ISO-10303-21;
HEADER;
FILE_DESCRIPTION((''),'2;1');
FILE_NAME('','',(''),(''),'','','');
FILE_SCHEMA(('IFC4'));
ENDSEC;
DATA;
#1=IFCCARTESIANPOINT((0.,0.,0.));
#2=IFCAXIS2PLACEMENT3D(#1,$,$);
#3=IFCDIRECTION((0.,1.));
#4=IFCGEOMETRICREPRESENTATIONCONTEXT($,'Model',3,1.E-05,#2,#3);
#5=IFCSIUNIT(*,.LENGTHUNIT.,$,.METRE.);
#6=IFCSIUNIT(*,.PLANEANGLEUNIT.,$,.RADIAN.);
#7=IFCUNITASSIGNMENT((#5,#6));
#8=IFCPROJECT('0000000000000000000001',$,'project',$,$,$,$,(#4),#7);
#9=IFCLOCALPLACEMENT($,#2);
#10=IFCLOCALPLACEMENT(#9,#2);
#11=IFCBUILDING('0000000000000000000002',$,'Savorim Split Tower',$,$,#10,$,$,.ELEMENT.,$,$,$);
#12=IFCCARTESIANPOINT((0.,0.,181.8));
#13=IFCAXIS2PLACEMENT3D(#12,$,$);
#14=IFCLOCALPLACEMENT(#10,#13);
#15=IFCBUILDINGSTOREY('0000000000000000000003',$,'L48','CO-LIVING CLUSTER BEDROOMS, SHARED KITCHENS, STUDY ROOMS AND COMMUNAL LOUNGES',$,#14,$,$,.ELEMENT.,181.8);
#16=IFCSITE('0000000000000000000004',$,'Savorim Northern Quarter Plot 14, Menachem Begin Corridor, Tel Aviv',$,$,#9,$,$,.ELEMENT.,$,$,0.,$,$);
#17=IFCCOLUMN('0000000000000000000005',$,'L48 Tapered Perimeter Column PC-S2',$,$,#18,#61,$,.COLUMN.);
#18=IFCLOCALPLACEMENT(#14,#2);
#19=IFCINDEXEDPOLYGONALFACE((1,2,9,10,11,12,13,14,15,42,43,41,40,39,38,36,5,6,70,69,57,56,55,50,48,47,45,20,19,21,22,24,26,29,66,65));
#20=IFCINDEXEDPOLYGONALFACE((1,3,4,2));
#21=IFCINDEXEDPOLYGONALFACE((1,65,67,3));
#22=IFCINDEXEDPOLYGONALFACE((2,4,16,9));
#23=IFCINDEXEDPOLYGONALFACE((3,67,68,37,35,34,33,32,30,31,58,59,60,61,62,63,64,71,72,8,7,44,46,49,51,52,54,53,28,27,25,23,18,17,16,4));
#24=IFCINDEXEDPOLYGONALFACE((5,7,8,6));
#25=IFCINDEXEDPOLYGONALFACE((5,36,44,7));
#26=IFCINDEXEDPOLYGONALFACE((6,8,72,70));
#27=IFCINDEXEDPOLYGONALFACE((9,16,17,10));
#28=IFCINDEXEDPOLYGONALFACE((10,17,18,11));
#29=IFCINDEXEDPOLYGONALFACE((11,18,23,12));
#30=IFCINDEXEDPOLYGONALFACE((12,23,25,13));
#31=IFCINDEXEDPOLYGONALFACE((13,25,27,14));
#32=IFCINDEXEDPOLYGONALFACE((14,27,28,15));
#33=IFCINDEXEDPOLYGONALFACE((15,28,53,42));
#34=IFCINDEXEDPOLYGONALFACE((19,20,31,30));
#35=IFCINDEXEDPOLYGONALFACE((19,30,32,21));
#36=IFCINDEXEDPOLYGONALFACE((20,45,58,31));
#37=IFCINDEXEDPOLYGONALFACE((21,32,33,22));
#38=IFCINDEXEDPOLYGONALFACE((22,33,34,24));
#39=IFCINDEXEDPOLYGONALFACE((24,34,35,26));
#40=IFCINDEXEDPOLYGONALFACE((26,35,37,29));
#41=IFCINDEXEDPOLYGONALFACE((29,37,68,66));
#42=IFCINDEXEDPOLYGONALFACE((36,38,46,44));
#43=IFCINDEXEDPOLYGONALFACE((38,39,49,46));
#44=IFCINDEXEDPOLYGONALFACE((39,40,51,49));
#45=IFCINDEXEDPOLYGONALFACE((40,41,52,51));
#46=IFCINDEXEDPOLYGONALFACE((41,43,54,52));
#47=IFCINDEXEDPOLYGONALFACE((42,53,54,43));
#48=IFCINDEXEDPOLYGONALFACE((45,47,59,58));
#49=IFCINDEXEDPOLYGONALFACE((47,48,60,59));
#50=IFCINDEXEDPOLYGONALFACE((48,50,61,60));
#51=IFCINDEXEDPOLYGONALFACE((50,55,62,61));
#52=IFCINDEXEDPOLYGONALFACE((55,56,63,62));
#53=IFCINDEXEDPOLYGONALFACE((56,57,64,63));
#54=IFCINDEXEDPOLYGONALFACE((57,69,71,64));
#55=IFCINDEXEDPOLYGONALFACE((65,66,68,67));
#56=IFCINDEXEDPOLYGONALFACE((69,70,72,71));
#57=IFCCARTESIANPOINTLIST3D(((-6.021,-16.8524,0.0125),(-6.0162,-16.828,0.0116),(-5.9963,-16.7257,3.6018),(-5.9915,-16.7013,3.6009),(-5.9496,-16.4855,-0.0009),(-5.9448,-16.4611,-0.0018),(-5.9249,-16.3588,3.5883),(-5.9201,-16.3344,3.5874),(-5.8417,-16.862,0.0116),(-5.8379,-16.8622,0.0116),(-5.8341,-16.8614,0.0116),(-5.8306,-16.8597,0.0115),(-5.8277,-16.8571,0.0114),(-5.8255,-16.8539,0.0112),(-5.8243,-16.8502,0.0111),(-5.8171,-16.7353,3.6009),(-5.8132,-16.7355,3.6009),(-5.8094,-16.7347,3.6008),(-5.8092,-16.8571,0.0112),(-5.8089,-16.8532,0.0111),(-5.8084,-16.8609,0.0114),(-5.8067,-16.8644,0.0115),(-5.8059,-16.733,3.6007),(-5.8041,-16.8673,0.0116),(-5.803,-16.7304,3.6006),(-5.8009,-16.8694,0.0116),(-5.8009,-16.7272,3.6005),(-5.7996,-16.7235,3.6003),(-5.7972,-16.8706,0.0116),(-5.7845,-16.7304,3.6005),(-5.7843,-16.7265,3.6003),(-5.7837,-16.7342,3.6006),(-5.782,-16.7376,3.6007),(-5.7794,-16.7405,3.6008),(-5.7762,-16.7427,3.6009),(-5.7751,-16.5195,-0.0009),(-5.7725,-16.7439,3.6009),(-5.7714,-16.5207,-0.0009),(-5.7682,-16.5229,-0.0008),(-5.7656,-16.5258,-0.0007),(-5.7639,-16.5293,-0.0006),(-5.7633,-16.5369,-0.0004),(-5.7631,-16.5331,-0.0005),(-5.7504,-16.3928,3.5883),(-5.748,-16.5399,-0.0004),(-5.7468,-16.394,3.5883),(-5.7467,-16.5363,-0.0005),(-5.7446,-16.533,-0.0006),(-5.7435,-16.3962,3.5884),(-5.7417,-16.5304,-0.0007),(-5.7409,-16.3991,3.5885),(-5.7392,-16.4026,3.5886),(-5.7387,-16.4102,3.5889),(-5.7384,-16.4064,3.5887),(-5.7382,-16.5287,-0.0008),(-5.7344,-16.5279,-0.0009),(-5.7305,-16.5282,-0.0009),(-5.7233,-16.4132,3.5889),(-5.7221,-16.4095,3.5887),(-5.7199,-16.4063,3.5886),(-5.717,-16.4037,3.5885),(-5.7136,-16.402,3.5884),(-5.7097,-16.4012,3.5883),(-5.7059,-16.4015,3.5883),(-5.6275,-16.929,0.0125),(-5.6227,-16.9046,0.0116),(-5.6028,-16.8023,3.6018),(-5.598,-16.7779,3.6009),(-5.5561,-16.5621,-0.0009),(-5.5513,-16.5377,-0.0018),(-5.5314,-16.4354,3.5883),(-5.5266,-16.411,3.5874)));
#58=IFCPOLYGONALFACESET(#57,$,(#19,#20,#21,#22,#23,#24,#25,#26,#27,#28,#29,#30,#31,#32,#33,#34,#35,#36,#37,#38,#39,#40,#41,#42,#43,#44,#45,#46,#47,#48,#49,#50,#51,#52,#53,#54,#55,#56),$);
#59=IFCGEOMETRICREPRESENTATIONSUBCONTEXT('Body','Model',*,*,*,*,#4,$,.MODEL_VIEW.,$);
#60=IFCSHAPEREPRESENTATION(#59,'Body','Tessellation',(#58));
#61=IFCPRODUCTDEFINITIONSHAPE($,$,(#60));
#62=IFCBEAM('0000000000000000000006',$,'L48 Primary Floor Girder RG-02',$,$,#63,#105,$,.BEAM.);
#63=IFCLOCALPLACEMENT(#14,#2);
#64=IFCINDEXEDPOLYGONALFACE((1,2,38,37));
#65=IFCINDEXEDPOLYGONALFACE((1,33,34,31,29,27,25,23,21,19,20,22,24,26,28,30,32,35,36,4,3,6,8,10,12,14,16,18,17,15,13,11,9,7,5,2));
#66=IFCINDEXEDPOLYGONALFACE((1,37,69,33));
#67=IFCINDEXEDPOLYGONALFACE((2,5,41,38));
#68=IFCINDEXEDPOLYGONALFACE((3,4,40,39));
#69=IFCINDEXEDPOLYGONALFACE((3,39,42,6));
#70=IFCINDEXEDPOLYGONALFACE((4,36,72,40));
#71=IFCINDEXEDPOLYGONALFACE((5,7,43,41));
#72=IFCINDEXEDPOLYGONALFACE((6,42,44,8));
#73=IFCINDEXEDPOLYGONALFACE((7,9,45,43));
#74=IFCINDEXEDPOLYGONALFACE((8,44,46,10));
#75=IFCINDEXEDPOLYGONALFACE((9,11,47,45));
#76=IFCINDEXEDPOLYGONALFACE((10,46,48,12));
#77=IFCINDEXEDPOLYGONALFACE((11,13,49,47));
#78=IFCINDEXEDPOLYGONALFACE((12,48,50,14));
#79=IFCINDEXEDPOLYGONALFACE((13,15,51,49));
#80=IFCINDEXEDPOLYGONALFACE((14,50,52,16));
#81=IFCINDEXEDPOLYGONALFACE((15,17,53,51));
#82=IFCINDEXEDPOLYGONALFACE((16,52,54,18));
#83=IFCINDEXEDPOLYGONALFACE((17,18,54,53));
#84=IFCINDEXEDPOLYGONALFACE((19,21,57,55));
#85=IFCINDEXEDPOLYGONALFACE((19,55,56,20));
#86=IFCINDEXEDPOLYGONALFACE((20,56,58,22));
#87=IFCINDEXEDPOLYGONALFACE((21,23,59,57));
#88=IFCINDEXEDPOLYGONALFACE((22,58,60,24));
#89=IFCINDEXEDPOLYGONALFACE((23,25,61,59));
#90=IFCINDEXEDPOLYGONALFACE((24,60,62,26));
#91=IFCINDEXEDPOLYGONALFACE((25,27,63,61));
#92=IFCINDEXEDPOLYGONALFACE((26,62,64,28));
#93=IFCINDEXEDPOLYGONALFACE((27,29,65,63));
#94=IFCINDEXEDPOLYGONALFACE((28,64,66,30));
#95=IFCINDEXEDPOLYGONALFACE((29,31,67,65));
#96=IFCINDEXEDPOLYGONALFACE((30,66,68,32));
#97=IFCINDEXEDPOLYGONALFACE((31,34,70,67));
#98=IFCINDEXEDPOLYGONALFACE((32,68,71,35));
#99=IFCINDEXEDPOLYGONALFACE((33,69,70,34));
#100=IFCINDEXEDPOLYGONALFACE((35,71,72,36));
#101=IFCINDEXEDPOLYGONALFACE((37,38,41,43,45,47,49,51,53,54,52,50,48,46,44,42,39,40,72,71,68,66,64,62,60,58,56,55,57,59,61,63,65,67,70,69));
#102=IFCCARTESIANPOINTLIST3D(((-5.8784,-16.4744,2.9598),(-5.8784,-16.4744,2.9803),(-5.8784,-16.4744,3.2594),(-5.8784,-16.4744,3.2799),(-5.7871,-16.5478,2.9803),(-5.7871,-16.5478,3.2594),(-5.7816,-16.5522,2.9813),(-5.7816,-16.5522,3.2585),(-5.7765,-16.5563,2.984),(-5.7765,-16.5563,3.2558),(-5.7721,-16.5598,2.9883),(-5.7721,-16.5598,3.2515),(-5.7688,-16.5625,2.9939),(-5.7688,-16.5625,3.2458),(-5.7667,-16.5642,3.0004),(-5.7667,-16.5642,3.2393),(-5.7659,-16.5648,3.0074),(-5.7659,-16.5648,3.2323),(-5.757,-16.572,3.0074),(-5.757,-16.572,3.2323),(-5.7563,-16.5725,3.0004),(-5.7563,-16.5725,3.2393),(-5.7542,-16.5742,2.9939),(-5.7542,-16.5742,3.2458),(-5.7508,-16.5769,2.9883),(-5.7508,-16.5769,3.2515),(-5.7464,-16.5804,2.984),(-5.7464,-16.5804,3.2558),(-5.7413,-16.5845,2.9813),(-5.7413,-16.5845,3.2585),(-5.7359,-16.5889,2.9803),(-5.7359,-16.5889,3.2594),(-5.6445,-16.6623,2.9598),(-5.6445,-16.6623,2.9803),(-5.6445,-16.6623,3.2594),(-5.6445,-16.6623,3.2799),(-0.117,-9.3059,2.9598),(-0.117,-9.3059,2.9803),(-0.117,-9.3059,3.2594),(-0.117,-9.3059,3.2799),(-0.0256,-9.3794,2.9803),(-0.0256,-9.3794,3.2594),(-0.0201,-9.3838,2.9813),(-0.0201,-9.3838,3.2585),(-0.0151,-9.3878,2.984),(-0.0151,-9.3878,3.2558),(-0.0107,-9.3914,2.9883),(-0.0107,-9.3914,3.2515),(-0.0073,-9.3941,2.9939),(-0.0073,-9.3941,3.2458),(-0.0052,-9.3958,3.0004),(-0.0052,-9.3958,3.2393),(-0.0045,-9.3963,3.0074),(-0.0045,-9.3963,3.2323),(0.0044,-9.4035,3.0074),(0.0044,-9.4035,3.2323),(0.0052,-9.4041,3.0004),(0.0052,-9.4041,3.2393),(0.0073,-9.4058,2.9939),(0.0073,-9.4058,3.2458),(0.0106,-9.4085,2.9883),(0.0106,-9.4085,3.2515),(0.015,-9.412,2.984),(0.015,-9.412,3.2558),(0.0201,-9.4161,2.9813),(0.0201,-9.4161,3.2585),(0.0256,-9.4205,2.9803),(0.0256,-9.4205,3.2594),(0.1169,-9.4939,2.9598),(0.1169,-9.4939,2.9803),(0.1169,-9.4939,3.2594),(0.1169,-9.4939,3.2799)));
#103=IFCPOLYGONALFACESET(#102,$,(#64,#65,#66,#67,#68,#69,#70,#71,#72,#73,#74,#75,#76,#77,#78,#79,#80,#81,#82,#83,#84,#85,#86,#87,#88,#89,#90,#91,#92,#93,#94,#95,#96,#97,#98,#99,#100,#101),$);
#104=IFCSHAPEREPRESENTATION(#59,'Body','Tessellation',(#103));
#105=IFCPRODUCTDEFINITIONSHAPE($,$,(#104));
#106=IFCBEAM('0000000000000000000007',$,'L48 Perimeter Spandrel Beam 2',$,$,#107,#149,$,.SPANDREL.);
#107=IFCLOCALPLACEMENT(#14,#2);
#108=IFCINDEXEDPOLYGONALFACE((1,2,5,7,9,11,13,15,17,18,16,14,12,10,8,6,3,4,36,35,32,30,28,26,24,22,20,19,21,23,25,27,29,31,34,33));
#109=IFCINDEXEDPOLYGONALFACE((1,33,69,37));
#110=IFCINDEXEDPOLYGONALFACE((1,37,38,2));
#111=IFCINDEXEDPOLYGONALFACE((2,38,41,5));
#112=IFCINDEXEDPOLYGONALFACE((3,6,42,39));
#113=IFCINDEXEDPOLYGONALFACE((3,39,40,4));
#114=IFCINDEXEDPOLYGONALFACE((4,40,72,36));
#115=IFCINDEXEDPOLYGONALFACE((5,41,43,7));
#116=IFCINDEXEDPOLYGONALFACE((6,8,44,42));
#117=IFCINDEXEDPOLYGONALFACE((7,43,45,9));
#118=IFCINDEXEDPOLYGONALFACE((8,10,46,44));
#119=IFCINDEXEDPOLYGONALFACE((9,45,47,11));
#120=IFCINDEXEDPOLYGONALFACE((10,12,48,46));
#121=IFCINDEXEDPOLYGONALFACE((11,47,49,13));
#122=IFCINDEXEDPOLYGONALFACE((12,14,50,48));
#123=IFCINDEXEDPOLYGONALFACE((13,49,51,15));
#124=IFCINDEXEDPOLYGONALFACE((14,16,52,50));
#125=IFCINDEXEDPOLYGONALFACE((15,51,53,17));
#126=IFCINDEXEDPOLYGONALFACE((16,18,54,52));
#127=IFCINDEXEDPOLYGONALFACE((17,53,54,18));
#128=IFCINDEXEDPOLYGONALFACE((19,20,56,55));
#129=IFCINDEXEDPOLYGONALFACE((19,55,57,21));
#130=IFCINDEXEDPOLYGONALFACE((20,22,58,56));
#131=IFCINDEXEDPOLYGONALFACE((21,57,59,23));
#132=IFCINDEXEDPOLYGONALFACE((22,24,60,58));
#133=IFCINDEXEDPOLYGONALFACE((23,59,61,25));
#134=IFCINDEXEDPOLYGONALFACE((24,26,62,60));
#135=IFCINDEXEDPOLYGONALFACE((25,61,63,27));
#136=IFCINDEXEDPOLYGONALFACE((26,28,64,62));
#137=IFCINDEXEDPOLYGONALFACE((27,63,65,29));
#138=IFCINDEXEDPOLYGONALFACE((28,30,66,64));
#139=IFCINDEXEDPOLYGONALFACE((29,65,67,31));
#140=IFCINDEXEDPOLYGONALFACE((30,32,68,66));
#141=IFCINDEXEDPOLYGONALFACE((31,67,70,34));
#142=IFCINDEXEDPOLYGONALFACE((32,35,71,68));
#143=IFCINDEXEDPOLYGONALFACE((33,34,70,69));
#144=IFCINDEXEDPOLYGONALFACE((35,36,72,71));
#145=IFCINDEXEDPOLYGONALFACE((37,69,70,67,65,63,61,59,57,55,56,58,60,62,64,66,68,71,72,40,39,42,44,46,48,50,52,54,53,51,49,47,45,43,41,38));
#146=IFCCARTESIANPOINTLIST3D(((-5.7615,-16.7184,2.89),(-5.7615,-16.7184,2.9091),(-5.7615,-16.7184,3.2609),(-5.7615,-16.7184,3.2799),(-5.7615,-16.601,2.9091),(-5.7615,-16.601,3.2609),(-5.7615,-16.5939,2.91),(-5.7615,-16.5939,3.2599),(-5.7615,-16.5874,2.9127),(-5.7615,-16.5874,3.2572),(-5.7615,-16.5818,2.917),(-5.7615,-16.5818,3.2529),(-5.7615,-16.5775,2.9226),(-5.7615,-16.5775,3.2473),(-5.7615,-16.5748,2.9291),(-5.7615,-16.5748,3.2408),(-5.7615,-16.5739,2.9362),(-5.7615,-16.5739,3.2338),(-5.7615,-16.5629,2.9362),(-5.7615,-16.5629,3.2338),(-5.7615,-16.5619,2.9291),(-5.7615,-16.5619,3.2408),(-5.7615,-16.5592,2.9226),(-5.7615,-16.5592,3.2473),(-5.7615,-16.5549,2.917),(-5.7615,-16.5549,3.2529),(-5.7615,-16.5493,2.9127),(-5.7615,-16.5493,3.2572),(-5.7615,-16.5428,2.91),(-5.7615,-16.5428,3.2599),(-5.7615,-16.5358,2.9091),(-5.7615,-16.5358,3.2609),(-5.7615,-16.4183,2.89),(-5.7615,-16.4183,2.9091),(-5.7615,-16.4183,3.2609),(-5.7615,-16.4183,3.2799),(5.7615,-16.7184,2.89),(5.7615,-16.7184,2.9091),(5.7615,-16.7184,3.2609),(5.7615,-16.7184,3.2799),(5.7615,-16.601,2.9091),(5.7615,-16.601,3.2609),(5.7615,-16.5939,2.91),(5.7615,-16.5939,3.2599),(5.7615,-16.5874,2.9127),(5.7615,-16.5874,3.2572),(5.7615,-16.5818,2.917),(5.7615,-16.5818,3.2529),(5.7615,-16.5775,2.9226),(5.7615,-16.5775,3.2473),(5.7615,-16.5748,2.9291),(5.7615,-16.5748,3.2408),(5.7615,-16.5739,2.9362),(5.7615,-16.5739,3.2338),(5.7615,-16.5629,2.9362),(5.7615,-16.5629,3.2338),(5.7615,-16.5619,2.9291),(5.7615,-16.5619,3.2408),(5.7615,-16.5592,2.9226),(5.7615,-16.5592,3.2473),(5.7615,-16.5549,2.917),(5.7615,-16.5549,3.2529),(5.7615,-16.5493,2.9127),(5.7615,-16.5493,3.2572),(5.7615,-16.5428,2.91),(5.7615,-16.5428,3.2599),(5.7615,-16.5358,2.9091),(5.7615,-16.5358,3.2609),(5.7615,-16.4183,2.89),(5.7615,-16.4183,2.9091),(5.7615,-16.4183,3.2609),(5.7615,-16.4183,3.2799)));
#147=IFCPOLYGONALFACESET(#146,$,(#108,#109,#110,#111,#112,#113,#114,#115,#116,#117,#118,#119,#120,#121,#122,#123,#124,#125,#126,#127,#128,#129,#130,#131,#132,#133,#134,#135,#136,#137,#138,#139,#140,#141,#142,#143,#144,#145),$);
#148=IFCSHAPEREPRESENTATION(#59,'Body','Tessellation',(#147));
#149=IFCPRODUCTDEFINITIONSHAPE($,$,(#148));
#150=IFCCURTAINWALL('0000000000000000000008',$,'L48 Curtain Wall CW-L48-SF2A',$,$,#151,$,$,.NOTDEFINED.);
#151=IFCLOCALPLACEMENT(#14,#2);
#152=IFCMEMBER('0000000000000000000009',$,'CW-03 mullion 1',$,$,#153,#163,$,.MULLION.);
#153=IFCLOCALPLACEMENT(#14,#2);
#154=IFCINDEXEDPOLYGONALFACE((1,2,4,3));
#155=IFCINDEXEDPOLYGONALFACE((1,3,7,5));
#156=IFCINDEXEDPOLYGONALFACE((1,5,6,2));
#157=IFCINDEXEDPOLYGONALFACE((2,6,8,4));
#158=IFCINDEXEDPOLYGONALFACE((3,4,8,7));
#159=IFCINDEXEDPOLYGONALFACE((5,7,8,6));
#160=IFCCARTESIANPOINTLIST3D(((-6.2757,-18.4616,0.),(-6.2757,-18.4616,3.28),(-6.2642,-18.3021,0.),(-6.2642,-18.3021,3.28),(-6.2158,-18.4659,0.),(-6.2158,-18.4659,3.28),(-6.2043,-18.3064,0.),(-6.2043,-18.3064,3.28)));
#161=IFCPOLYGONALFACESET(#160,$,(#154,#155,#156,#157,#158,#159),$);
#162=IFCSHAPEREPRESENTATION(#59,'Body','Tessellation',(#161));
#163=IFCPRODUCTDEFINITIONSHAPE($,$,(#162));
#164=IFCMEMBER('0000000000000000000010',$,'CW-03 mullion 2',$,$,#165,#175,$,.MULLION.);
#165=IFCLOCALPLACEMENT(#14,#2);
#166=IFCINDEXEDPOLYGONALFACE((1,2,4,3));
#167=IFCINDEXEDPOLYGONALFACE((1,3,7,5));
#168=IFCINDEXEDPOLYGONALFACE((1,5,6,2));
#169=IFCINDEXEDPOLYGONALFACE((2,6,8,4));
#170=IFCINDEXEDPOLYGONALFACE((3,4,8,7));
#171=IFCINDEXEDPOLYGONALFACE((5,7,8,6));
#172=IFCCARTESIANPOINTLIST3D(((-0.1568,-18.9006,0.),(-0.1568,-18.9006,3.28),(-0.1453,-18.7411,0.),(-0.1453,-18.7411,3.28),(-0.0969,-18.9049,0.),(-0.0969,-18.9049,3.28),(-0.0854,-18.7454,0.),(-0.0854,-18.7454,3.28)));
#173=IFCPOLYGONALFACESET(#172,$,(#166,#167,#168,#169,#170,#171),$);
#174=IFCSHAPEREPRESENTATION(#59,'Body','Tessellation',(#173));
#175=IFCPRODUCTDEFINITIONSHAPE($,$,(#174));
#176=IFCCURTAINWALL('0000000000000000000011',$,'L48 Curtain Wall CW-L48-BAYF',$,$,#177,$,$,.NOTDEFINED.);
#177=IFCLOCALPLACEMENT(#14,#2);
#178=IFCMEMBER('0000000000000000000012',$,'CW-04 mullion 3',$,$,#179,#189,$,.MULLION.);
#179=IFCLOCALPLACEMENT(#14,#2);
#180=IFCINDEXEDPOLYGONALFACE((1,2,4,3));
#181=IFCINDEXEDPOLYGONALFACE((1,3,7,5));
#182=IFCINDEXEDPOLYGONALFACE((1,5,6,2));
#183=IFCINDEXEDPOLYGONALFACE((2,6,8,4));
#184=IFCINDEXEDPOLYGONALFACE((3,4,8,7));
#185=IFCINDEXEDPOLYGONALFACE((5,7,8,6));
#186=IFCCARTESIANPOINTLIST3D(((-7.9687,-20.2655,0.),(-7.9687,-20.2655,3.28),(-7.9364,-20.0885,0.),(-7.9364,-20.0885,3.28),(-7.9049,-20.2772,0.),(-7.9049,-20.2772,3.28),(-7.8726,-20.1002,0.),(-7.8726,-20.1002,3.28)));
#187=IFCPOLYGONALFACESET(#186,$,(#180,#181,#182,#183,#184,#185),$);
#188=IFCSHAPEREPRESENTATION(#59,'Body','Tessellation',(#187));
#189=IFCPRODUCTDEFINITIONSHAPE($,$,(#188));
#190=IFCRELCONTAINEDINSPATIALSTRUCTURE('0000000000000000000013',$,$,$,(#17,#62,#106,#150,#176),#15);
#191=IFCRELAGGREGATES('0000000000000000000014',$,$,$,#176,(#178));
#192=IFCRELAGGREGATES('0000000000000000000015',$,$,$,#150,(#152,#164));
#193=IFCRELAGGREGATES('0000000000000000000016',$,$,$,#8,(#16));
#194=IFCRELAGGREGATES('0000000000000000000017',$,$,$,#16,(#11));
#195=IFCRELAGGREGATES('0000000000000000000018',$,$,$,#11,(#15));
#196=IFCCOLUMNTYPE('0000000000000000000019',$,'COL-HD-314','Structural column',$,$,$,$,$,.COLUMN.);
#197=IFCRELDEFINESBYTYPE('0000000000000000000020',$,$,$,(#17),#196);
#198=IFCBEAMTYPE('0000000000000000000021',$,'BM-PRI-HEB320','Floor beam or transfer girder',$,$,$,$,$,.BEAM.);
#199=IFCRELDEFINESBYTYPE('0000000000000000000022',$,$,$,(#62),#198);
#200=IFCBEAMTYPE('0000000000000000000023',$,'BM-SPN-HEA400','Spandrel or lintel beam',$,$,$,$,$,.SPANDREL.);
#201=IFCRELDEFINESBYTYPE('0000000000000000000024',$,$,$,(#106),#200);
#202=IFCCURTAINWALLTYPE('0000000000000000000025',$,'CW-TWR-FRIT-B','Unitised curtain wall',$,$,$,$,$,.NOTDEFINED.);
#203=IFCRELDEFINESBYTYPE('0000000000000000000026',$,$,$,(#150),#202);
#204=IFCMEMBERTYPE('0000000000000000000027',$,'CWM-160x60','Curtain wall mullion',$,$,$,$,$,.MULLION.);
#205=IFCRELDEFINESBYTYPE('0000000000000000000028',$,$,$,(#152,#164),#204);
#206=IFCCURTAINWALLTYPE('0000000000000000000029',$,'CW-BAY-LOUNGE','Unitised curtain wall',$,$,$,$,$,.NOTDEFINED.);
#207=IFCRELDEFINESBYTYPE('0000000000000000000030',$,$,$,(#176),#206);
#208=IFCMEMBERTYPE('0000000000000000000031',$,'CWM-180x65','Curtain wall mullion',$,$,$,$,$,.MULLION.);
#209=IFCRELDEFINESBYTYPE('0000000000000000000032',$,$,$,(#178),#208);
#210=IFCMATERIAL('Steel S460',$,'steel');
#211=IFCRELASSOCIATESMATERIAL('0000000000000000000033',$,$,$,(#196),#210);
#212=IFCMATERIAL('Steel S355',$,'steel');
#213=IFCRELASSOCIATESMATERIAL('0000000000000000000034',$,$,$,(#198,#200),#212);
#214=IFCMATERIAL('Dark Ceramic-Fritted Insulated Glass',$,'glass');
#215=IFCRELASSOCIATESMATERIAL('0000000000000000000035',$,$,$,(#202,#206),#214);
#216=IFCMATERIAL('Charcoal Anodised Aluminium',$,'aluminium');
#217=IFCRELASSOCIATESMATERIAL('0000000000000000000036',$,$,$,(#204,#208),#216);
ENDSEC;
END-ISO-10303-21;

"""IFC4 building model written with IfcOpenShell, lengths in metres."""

from ifc_helpers import new_model, si_unit, direction, frame, origin, origin_2d, place, context, subcontext, project, spatial, rectangle, i_section, extrude, material, material_profile, profile_set, type_object, element, aggregate, save


model = new_model("IFC4")

# Units and contexts
model_context = context("Model", 3, precision=1e-05, world=origin(), true_north=direction((0.0, 1.0)))
body_context = subcontext(model_context, "Body", "Model", "MODEL_VIEW")
ifc_project = project(units=[si_unit("LENGTHUNIT", "METRE"), si_unit("PLANEANGLEUNIT", "RADIAN")], contexts=[model_context])

# Site, building, storey
site_placement = place(None, origin())
site = spatial("IfcSite", under=ifc_project, at=site_placement, Name="Savorim Northern Quarter Plot 14, Menachem Begin Corridor, Tel Aviv", CompositionType="ELEMENT", RefElevation=0.0)
building_placement = place(site_placement, origin())
building = spatial("IfcBuilding", under=site, at=building_placement, Name="Savorim Split Tower", CompositionType="ELEMENT")
storey_placement = place(building_placement, frame((0.0, 0.0, 181.8)))
storey = spatial("IfcBuildingStorey", under=building, at=storey_placement, Name="L48", Description="CO-LIVING CLUSTER BEDROOMS, SHARED KITCHENS, STUDY ROOMS AND COMMUNAL LOUNGES", CompositionType="ELEMENT", Elevation=181.8)

# Column
ifc_material_1 = material(Name="Steel S460", Category="steel")
ifc_material_profile_1 = material_profile(ifc_material_1, i_section(OverallWidth=0.4009, OverallDepth=0.3989, WebThickness=0.0156, FlangeThickness=0.0249, FilletRadius=0.0149, at=origin_2d()), Name="HD 400x314")
ifc_profile_set_1 = profile_set([ifc_material_profile_1], Name="Steel S460")
column_type = type_object("IfcColumnType", Name="COL-HD-314", Description="Structural column", PredefinedType="COLUMN", material=ifc_profile_set_1)
column_placement = place(storey_placement, frame((-5.7861, -16.6951, 0.0054), z_axis=(0.006866, 0.035281, 0.999354), x_axis=(-0.981586, 0.191022, 0.0)))
element("IfcColumn", 1, at=column_placement, inside=storey, type_object=column_type, Name="L48 Tapered Perimeter Column PC-S2", PredefinedType="COLUMN", context=body_context, shape_type="SweptSolid", body=[
    extrude(i_section(OverallWidth=0.4009, OverallDepth=0.3989, WebThickness=0.0156, FlangeThickness=0.0249, FilletRadius=0.0149, at=origin_2d()), origin(), (0.0, 0.0, 1.0), 3.5916),
])

# Beams
ifc_material_2 = material(Name="Steel S355", Category="steel")
ifc_material_profile_2 = material_profile(ifc_material_2, i_section(OverallWidth=0.3, OverallDepth=0.3201, WebThickness=0.0115, FlangeThickness=0.0205, FilletRadius=0.0271, at=origin_2d()), Name="HEB 320")
ifc_profile_set_2 = profile_set([ifc_material_profile_2], Name="Steel S355")
beam_type_1 = type_object("IfcBeamType", Name="BM-PRI-HEB320", Description="Floor beam or transfer girder", PredefinedType="BEAM", material=ifc_profile_set_2)
beam_1_placement = place(storey_placement, frame((-5.7615, -16.5684, 3.1199), z_axis=(0.626464, 0.77945, 0.0), x_axis=(-0.77945, 0.626464, 0.0)))
element("IfcBeam", 2, at=beam_1_placement, inside=storey, type_object=beam_type_1, Name="L48 Primary Floor Girder RG-02", PredefinedType="BEAM", context=body_context, shape_type="SweptSolid", body=[
    extrude(i_section(OverallWidth=0.3, OverallDepth=0.3201, WebThickness=0.0115, FlangeThickness=0.0205, FilletRadius=0.0271, at=origin_2d()), origin(), (0.0, 0.0, 1.0), 9.1968),
])
ifc_material_profile_3 = material_profile(ifc_material_2, i_section(OverallWidth=0.3, OverallDepth=0.3899, WebThickness=0.011, FlangeThickness=0.019, FilletRadius=0.0271, at=origin_2d()), Name="HEA 400")
ifc_profile_set_3 = profile_set([ifc_material_profile_3], Name="Steel S355")
beam_type_2 = type_object("IfcBeamType", Name="BM-SPN-HEA400", Description="Spandrel or lintel beam", PredefinedType="SPANDREL", material=ifc_profile_set_3)
beam_2_placement = place(storey_placement, frame((-5.7615, -16.5684, 3.085), z_axis=(1.0, 0.0, 0.0), x_axis=(0.0, 1.0, 0.0)))
element("IfcBeam", 3, at=beam_2_placement, inside=storey, type_object=beam_type_2, Name="L48 Perimeter Spandrel Beam 2", PredefinedType="SPANDREL", context=body_context, shape_type="SweptSolid", body=[
    extrude(i_section(OverallWidth=0.3, OverallDepth=0.3899, WebThickness=0.011, FlangeThickness=0.019, FilletRadius=0.0271, at=origin_2d()), origin(), (0.0, 0.0, 1.0), 11.5229),
])

# Curtain wall, members
ifc_material_3 = material(Name="Dark Ceramic-Fritted Insulated Glass", Category="glass")
curtain_wall_type_1 = type_object("IfcCurtainWallType", Name="CW-TWR-FRIT-B", Description="Unitised curtain wall", PredefinedType="NOTDEFINED", material=ifc_material_3)
curtain_wall_1_placement = place(storey_placement, origin())
curtain_wall_1 = element("IfcCurtainWall", 4, at=curtain_wall_1_placement, inside=storey, type_object=curtain_wall_type_1, Name="L48 Curtain Wall CW-L48-SF2A", PredefinedType="NOTDEFINED")
ifc_material_4 = material(Name="Charcoal Anodised Aluminium", Category="aluminium")
ifc_material_profile_4 = material_profile(ifc_material_4, rectangle(XDim=0.1599, YDim=0.0601, at=origin_2d()), Name="ALU-M 160x60")
ifc_profile_set_4 = profile_set([ifc_material_profile_4], Name="Charcoal Anodised Aluminium")
member_type_1 = type_object("IfcMemberType", Name="CWM-160x60", Description="Curtain wall mullion", PredefinedType="MULLION", material=ifc_profile_set_4)
member_1_placement = place(storey_placement, frame((-6.24, -18.384, 0.0), z_axis=(0.0, 0.0, 1.0), x_axis=(0.071561, 0.997436, 0.0)))
member_1 = element("IfcMember", 5, at=member_1_placement, type_object=member_type_1, Name="CW-03 mullion 1", PredefinedType="MULLION", context=body_context, shape_type="SweptSolid", body=[
    extrude(rectangle(XDim=0.1599, YDim=0.0601, at=origin_2d()), origin(), (0.0, 0.0, 1.0), 3.28),
])
member_2_placement = place(storey_placement, frame((-0.1211, -18.823, 0.0), z_axis=(0.0, 0.0, 1.0), x_axis=(0.071561, 0.997436, 0.0)))
member_2 = element("IfcMember", 6, at=member_2_placement, type_object=member_type_1, Name="CW-03 mullion 2", PredefinedType="MULLION", context=body_context, shape_type="SweptSolid", body=[
    extrude(rectangle(XDim=0.1599, YDim=0.0601, at=origin_2d()), origin(), (0.0, 0.0, 1.0), 3.28),
])

# Curtain wall, member
curtain_wall_type_2 = type_object("IfcCurtainWallType", Name="CW-BAY-LOUNGE", Description="Unitised curtain wall", PredefinedType="NOTDEFINED", material=ifc_material_3)
curtain_wall_2_placement = place(storey_placement, origin())
curtain_wall_2 = element("IfcCurtainWall", 7, at=curtain_wall_2_placement, inside=storey, type_object=curtain_wall_type_2, Name="L48 Curtain Wall CW-L48-BAYF", PredefinedType="NOTDEFINED")
ifc_material_profile_5 = material_profile(ifc_material_4, rectangle(XDim=0.1799, YDim=0.0649, at=origin_2d()), Name="ALU-M 180x65")
ifc_profile_set_5 = profile_set([ifc_material_profile_5], Name="Charcoal Anodised Aluminium")
member_type_2 = type_object("IfcMemberType", Name="CWM-180x65", Description="Curtain wall mullion", PredefinedType="MULLION", material=ifc_profile_set_5)
member_3_placement = place(storey_placement, frame((-7.9207, -20.1829, 0.0), z_axis=(0.0, 0.0, 1.0), x_axis=(0.179518, 0.983755, 0.0)))
member_3 = element("IfcMember", 8, at=member_3_placement, type_object=member_type_2, Name="CW-04 mullion 3", PredefinedType="MULLION", context=body_context, shape_type="SweptSolid", body=[
    extrude(rectangle(XDim=0.1799, YDim=0.0649, at=origin_2d()), origin(), (0.0, 0.0, 1.0), 3.28),
])
aggregate(curtain_wall_2, [member_3])

aggregate(curtain_wall_1, [member_1, member_2])

save(model, "model.ifc")
